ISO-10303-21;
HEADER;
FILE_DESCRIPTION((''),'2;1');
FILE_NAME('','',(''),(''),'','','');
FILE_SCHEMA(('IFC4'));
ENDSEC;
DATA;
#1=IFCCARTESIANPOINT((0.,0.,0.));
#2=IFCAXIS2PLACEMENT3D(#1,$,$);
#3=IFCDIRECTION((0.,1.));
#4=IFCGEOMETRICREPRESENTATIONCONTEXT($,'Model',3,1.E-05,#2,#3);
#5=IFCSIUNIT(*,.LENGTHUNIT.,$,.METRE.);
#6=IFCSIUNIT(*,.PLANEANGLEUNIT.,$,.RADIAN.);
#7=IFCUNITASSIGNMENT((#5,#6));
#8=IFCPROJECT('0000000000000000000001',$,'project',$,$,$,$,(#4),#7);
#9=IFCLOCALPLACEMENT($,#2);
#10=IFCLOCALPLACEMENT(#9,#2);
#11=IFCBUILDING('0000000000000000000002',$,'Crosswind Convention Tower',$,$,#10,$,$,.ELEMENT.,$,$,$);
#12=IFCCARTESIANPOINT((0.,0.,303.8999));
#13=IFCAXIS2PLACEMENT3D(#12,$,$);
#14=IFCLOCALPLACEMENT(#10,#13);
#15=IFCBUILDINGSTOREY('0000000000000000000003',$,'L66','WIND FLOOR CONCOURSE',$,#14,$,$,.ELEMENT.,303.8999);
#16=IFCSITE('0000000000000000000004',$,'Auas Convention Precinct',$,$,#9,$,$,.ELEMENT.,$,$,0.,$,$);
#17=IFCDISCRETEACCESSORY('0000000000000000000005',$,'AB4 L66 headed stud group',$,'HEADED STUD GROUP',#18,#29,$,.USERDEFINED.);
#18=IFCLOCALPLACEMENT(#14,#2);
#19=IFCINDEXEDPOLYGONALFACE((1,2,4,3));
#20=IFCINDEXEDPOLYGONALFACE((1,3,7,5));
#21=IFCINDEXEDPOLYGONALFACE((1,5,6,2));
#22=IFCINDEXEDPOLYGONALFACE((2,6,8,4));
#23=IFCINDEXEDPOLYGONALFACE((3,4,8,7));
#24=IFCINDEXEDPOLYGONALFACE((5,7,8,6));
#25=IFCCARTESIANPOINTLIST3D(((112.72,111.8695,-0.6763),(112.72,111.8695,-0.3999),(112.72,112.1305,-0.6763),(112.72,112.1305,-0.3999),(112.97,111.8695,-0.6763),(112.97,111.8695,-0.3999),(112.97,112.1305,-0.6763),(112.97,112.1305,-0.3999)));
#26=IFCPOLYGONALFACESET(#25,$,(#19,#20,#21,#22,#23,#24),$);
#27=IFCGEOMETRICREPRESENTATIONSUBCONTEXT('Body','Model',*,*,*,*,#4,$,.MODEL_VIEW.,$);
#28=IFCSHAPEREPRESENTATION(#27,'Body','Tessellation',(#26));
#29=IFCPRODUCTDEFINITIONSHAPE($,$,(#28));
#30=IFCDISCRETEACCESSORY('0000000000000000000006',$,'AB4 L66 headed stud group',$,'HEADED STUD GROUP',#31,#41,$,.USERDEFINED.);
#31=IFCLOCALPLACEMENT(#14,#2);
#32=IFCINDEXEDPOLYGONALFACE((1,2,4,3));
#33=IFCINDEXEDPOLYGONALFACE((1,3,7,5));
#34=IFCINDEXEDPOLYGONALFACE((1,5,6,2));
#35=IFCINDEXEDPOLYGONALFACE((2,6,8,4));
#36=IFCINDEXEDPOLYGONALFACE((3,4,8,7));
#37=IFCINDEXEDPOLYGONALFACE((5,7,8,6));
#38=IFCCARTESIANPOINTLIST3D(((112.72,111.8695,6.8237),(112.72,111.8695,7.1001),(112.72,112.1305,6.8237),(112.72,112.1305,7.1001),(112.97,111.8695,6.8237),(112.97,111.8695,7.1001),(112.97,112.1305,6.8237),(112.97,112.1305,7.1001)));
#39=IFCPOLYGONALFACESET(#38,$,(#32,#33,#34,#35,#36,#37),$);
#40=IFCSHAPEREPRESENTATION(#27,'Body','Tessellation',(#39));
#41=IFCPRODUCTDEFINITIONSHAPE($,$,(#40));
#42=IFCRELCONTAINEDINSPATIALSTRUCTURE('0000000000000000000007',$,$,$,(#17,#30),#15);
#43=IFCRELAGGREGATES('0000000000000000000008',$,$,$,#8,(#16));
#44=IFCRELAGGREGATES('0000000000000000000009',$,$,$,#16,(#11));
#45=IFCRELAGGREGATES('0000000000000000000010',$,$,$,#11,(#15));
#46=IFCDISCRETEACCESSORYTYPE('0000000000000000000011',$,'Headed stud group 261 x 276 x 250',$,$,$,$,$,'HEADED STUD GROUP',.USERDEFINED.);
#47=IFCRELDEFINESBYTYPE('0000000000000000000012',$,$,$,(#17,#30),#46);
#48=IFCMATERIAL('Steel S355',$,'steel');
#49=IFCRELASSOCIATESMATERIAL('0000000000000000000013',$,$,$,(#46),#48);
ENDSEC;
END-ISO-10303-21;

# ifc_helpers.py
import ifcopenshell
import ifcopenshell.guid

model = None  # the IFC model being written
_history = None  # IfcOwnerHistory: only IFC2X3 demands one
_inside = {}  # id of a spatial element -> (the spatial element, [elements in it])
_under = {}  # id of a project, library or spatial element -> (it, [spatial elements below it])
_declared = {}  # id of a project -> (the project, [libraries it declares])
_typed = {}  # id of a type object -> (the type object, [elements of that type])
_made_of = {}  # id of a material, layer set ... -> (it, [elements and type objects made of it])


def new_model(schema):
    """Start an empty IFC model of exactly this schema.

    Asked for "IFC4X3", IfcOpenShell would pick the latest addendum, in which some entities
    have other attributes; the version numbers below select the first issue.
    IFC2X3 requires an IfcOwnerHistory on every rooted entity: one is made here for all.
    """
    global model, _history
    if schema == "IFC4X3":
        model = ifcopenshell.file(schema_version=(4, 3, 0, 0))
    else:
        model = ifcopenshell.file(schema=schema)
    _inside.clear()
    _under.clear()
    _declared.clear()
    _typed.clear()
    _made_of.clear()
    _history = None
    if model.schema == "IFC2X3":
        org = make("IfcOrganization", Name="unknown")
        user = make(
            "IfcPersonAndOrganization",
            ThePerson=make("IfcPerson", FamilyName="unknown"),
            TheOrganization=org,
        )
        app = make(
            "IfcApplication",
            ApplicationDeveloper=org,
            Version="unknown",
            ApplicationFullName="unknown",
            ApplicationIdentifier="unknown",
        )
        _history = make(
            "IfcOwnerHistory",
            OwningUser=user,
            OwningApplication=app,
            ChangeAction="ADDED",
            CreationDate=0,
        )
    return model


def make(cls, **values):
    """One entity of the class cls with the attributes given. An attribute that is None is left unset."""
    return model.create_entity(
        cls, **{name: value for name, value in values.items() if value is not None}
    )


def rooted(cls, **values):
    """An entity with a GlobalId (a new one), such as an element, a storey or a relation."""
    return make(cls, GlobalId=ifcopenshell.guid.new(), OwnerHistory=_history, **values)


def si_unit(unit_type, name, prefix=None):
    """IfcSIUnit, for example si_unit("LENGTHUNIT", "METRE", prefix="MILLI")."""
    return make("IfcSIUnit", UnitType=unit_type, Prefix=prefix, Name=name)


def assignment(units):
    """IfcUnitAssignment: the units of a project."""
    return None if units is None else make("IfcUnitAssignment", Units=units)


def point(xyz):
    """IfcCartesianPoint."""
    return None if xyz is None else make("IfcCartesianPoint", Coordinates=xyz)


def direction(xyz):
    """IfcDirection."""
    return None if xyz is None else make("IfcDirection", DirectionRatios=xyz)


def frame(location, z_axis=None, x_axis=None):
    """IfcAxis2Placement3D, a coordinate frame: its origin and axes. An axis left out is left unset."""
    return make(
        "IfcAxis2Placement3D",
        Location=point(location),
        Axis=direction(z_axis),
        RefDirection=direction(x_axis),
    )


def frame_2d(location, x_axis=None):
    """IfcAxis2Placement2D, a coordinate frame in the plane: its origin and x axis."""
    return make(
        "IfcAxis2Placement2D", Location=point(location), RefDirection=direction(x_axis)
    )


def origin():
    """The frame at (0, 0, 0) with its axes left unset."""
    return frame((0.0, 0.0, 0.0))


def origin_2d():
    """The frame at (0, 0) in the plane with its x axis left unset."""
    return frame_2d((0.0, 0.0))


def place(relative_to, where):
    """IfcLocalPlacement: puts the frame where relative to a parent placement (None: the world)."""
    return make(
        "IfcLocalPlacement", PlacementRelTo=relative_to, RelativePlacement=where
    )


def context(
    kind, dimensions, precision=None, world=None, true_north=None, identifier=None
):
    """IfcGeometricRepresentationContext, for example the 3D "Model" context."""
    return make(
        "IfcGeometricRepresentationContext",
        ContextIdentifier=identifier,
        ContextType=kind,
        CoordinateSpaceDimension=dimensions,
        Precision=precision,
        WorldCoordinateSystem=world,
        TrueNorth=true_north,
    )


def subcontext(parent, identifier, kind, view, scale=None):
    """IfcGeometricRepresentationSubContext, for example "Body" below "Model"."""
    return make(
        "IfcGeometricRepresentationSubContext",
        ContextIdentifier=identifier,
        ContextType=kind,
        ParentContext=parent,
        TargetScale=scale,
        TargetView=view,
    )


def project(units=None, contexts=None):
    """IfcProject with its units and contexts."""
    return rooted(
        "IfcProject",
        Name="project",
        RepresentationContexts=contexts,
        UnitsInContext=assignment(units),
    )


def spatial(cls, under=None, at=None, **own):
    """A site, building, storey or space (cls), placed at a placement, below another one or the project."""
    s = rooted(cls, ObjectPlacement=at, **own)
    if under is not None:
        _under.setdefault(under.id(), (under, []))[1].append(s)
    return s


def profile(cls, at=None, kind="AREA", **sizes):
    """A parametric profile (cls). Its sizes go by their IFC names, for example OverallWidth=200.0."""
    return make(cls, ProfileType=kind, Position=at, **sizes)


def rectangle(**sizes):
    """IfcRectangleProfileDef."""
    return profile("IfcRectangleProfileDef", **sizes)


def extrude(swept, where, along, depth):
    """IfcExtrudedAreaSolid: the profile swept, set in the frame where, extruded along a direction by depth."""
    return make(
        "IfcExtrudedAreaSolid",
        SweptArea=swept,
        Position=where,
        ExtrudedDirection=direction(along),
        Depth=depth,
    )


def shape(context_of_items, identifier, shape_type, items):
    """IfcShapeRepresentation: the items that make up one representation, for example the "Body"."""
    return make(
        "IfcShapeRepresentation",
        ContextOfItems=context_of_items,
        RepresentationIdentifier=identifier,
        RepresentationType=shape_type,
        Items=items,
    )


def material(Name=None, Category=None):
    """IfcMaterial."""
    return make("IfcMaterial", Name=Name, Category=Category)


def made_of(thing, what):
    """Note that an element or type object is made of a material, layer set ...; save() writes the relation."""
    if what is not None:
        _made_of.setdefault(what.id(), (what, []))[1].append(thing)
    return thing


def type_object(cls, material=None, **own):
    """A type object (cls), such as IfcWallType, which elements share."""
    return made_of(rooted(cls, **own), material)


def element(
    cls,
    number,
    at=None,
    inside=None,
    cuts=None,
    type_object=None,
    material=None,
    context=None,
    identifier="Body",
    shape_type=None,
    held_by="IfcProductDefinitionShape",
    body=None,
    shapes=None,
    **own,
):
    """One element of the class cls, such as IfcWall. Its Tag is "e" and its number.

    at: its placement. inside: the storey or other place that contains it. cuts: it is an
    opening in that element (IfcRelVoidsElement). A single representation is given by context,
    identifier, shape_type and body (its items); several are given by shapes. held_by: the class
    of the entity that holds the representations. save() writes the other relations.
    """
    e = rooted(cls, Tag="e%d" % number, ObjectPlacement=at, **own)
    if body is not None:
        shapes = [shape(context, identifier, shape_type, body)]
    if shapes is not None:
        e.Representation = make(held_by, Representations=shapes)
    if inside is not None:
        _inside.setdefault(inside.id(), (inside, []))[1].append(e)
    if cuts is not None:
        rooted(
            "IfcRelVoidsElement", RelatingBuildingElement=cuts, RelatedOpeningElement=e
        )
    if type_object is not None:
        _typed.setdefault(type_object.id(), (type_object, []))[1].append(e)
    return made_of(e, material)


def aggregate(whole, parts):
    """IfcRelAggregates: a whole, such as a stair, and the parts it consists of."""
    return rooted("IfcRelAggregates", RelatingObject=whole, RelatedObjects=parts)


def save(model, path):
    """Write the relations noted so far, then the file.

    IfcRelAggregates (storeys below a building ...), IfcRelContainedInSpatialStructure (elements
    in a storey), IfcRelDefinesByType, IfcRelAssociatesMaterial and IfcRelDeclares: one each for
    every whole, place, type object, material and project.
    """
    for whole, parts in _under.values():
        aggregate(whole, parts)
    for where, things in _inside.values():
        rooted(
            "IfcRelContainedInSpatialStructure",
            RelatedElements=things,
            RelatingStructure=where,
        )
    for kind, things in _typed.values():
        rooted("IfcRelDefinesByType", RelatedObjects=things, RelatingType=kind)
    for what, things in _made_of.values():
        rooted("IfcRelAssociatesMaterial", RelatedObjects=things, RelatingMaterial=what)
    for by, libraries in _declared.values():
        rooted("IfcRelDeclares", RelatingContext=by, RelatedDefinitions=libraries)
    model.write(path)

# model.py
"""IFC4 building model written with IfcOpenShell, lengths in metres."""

from ifc_helpers import new_model, si_unit, direction, frame, origin, origin_2d, place, context, subcontext, project, spatial, rectangle, extrude, material, type_object, element, save


model = new_model("IFC4")

# Units and contexts
model_context = context("Model", 3, precision=1e-05, world=origin(), true_north=direction((0.0, 1.0)))
body_context = subcontext(model_context, "Body", "Model", "MODEL_VIEW")
ifc_project = project(units=[si_unit("LENGTHUNIT", "METRE"), si_unit("PLANEANGLEUNIT", "RADIAN")], contexts=[model_context])

# Site, building, storey
site_placement = place(None, origin())
site = spatial("IfcSite", under=ifc_project, at=site_placement, Name="Auas Convention Precinct", CompositionType="ELEMENT", RefElevation=0.0)
building_placement = place(site_placement, origin())
building = spatial("IfcBuilding", under=site, at=building_placement, Name="Crosswind Convention Tower", CompositionType="ELEMENT")
storey_placement = place(building_placement, frame((0.0, 0.0, 303.8999)))
storey = spatial("IfcBuildingStorey", under=building, at=storey_placement, Name="L66", Description="WIND FLOOR CONCOURSE", CompositionType="ELEMENT", Elevation=303.8999)

# Discrete accessories
ifc_material_1 = material(Name="Steel S355", Category="steel")
discrete_accessory_type = type_object("IfcDiscreteAccessoryType", Name="Headed stud group 261 x 276 x 250", ElementType="HEADED STUD GROUP", PredefinedType="USERDEFINED", material=ifc_material_1)
for number, where, z_axis, x_axis, name in (
    (1, (112.845, 112.0, -0.6763), (0.0, 0.0, 1.0), (1.0, 0.0, 0.0), "AB4 L66 headed stud group"),
    (2, (112.845, 112.0, 6.8237), (0.0, 0.0, 1.0), (1.0, 0.0, 0.0), "AB4 L66 headed stud group"),
):
    element("IfcDiscreteAccessory", number, at=place(storey_placement, frame(where, z_axis=z_axis, x_axis=x_axis)), inside=storey, type_object=discrete_accessory_type, Name=name, ObjectType="HEADED STUD GROUP", PredefinedType="USERDEFINED", context=body_context, shape_type="SweptSolid", body=[
        extrude(rectangle(XDim=0.25, YDim=0.261, at=origin_2d()), origin(), (0.0, 0.0, 1.0), 0.2764),
    ])

save(model, "model.ifc")
